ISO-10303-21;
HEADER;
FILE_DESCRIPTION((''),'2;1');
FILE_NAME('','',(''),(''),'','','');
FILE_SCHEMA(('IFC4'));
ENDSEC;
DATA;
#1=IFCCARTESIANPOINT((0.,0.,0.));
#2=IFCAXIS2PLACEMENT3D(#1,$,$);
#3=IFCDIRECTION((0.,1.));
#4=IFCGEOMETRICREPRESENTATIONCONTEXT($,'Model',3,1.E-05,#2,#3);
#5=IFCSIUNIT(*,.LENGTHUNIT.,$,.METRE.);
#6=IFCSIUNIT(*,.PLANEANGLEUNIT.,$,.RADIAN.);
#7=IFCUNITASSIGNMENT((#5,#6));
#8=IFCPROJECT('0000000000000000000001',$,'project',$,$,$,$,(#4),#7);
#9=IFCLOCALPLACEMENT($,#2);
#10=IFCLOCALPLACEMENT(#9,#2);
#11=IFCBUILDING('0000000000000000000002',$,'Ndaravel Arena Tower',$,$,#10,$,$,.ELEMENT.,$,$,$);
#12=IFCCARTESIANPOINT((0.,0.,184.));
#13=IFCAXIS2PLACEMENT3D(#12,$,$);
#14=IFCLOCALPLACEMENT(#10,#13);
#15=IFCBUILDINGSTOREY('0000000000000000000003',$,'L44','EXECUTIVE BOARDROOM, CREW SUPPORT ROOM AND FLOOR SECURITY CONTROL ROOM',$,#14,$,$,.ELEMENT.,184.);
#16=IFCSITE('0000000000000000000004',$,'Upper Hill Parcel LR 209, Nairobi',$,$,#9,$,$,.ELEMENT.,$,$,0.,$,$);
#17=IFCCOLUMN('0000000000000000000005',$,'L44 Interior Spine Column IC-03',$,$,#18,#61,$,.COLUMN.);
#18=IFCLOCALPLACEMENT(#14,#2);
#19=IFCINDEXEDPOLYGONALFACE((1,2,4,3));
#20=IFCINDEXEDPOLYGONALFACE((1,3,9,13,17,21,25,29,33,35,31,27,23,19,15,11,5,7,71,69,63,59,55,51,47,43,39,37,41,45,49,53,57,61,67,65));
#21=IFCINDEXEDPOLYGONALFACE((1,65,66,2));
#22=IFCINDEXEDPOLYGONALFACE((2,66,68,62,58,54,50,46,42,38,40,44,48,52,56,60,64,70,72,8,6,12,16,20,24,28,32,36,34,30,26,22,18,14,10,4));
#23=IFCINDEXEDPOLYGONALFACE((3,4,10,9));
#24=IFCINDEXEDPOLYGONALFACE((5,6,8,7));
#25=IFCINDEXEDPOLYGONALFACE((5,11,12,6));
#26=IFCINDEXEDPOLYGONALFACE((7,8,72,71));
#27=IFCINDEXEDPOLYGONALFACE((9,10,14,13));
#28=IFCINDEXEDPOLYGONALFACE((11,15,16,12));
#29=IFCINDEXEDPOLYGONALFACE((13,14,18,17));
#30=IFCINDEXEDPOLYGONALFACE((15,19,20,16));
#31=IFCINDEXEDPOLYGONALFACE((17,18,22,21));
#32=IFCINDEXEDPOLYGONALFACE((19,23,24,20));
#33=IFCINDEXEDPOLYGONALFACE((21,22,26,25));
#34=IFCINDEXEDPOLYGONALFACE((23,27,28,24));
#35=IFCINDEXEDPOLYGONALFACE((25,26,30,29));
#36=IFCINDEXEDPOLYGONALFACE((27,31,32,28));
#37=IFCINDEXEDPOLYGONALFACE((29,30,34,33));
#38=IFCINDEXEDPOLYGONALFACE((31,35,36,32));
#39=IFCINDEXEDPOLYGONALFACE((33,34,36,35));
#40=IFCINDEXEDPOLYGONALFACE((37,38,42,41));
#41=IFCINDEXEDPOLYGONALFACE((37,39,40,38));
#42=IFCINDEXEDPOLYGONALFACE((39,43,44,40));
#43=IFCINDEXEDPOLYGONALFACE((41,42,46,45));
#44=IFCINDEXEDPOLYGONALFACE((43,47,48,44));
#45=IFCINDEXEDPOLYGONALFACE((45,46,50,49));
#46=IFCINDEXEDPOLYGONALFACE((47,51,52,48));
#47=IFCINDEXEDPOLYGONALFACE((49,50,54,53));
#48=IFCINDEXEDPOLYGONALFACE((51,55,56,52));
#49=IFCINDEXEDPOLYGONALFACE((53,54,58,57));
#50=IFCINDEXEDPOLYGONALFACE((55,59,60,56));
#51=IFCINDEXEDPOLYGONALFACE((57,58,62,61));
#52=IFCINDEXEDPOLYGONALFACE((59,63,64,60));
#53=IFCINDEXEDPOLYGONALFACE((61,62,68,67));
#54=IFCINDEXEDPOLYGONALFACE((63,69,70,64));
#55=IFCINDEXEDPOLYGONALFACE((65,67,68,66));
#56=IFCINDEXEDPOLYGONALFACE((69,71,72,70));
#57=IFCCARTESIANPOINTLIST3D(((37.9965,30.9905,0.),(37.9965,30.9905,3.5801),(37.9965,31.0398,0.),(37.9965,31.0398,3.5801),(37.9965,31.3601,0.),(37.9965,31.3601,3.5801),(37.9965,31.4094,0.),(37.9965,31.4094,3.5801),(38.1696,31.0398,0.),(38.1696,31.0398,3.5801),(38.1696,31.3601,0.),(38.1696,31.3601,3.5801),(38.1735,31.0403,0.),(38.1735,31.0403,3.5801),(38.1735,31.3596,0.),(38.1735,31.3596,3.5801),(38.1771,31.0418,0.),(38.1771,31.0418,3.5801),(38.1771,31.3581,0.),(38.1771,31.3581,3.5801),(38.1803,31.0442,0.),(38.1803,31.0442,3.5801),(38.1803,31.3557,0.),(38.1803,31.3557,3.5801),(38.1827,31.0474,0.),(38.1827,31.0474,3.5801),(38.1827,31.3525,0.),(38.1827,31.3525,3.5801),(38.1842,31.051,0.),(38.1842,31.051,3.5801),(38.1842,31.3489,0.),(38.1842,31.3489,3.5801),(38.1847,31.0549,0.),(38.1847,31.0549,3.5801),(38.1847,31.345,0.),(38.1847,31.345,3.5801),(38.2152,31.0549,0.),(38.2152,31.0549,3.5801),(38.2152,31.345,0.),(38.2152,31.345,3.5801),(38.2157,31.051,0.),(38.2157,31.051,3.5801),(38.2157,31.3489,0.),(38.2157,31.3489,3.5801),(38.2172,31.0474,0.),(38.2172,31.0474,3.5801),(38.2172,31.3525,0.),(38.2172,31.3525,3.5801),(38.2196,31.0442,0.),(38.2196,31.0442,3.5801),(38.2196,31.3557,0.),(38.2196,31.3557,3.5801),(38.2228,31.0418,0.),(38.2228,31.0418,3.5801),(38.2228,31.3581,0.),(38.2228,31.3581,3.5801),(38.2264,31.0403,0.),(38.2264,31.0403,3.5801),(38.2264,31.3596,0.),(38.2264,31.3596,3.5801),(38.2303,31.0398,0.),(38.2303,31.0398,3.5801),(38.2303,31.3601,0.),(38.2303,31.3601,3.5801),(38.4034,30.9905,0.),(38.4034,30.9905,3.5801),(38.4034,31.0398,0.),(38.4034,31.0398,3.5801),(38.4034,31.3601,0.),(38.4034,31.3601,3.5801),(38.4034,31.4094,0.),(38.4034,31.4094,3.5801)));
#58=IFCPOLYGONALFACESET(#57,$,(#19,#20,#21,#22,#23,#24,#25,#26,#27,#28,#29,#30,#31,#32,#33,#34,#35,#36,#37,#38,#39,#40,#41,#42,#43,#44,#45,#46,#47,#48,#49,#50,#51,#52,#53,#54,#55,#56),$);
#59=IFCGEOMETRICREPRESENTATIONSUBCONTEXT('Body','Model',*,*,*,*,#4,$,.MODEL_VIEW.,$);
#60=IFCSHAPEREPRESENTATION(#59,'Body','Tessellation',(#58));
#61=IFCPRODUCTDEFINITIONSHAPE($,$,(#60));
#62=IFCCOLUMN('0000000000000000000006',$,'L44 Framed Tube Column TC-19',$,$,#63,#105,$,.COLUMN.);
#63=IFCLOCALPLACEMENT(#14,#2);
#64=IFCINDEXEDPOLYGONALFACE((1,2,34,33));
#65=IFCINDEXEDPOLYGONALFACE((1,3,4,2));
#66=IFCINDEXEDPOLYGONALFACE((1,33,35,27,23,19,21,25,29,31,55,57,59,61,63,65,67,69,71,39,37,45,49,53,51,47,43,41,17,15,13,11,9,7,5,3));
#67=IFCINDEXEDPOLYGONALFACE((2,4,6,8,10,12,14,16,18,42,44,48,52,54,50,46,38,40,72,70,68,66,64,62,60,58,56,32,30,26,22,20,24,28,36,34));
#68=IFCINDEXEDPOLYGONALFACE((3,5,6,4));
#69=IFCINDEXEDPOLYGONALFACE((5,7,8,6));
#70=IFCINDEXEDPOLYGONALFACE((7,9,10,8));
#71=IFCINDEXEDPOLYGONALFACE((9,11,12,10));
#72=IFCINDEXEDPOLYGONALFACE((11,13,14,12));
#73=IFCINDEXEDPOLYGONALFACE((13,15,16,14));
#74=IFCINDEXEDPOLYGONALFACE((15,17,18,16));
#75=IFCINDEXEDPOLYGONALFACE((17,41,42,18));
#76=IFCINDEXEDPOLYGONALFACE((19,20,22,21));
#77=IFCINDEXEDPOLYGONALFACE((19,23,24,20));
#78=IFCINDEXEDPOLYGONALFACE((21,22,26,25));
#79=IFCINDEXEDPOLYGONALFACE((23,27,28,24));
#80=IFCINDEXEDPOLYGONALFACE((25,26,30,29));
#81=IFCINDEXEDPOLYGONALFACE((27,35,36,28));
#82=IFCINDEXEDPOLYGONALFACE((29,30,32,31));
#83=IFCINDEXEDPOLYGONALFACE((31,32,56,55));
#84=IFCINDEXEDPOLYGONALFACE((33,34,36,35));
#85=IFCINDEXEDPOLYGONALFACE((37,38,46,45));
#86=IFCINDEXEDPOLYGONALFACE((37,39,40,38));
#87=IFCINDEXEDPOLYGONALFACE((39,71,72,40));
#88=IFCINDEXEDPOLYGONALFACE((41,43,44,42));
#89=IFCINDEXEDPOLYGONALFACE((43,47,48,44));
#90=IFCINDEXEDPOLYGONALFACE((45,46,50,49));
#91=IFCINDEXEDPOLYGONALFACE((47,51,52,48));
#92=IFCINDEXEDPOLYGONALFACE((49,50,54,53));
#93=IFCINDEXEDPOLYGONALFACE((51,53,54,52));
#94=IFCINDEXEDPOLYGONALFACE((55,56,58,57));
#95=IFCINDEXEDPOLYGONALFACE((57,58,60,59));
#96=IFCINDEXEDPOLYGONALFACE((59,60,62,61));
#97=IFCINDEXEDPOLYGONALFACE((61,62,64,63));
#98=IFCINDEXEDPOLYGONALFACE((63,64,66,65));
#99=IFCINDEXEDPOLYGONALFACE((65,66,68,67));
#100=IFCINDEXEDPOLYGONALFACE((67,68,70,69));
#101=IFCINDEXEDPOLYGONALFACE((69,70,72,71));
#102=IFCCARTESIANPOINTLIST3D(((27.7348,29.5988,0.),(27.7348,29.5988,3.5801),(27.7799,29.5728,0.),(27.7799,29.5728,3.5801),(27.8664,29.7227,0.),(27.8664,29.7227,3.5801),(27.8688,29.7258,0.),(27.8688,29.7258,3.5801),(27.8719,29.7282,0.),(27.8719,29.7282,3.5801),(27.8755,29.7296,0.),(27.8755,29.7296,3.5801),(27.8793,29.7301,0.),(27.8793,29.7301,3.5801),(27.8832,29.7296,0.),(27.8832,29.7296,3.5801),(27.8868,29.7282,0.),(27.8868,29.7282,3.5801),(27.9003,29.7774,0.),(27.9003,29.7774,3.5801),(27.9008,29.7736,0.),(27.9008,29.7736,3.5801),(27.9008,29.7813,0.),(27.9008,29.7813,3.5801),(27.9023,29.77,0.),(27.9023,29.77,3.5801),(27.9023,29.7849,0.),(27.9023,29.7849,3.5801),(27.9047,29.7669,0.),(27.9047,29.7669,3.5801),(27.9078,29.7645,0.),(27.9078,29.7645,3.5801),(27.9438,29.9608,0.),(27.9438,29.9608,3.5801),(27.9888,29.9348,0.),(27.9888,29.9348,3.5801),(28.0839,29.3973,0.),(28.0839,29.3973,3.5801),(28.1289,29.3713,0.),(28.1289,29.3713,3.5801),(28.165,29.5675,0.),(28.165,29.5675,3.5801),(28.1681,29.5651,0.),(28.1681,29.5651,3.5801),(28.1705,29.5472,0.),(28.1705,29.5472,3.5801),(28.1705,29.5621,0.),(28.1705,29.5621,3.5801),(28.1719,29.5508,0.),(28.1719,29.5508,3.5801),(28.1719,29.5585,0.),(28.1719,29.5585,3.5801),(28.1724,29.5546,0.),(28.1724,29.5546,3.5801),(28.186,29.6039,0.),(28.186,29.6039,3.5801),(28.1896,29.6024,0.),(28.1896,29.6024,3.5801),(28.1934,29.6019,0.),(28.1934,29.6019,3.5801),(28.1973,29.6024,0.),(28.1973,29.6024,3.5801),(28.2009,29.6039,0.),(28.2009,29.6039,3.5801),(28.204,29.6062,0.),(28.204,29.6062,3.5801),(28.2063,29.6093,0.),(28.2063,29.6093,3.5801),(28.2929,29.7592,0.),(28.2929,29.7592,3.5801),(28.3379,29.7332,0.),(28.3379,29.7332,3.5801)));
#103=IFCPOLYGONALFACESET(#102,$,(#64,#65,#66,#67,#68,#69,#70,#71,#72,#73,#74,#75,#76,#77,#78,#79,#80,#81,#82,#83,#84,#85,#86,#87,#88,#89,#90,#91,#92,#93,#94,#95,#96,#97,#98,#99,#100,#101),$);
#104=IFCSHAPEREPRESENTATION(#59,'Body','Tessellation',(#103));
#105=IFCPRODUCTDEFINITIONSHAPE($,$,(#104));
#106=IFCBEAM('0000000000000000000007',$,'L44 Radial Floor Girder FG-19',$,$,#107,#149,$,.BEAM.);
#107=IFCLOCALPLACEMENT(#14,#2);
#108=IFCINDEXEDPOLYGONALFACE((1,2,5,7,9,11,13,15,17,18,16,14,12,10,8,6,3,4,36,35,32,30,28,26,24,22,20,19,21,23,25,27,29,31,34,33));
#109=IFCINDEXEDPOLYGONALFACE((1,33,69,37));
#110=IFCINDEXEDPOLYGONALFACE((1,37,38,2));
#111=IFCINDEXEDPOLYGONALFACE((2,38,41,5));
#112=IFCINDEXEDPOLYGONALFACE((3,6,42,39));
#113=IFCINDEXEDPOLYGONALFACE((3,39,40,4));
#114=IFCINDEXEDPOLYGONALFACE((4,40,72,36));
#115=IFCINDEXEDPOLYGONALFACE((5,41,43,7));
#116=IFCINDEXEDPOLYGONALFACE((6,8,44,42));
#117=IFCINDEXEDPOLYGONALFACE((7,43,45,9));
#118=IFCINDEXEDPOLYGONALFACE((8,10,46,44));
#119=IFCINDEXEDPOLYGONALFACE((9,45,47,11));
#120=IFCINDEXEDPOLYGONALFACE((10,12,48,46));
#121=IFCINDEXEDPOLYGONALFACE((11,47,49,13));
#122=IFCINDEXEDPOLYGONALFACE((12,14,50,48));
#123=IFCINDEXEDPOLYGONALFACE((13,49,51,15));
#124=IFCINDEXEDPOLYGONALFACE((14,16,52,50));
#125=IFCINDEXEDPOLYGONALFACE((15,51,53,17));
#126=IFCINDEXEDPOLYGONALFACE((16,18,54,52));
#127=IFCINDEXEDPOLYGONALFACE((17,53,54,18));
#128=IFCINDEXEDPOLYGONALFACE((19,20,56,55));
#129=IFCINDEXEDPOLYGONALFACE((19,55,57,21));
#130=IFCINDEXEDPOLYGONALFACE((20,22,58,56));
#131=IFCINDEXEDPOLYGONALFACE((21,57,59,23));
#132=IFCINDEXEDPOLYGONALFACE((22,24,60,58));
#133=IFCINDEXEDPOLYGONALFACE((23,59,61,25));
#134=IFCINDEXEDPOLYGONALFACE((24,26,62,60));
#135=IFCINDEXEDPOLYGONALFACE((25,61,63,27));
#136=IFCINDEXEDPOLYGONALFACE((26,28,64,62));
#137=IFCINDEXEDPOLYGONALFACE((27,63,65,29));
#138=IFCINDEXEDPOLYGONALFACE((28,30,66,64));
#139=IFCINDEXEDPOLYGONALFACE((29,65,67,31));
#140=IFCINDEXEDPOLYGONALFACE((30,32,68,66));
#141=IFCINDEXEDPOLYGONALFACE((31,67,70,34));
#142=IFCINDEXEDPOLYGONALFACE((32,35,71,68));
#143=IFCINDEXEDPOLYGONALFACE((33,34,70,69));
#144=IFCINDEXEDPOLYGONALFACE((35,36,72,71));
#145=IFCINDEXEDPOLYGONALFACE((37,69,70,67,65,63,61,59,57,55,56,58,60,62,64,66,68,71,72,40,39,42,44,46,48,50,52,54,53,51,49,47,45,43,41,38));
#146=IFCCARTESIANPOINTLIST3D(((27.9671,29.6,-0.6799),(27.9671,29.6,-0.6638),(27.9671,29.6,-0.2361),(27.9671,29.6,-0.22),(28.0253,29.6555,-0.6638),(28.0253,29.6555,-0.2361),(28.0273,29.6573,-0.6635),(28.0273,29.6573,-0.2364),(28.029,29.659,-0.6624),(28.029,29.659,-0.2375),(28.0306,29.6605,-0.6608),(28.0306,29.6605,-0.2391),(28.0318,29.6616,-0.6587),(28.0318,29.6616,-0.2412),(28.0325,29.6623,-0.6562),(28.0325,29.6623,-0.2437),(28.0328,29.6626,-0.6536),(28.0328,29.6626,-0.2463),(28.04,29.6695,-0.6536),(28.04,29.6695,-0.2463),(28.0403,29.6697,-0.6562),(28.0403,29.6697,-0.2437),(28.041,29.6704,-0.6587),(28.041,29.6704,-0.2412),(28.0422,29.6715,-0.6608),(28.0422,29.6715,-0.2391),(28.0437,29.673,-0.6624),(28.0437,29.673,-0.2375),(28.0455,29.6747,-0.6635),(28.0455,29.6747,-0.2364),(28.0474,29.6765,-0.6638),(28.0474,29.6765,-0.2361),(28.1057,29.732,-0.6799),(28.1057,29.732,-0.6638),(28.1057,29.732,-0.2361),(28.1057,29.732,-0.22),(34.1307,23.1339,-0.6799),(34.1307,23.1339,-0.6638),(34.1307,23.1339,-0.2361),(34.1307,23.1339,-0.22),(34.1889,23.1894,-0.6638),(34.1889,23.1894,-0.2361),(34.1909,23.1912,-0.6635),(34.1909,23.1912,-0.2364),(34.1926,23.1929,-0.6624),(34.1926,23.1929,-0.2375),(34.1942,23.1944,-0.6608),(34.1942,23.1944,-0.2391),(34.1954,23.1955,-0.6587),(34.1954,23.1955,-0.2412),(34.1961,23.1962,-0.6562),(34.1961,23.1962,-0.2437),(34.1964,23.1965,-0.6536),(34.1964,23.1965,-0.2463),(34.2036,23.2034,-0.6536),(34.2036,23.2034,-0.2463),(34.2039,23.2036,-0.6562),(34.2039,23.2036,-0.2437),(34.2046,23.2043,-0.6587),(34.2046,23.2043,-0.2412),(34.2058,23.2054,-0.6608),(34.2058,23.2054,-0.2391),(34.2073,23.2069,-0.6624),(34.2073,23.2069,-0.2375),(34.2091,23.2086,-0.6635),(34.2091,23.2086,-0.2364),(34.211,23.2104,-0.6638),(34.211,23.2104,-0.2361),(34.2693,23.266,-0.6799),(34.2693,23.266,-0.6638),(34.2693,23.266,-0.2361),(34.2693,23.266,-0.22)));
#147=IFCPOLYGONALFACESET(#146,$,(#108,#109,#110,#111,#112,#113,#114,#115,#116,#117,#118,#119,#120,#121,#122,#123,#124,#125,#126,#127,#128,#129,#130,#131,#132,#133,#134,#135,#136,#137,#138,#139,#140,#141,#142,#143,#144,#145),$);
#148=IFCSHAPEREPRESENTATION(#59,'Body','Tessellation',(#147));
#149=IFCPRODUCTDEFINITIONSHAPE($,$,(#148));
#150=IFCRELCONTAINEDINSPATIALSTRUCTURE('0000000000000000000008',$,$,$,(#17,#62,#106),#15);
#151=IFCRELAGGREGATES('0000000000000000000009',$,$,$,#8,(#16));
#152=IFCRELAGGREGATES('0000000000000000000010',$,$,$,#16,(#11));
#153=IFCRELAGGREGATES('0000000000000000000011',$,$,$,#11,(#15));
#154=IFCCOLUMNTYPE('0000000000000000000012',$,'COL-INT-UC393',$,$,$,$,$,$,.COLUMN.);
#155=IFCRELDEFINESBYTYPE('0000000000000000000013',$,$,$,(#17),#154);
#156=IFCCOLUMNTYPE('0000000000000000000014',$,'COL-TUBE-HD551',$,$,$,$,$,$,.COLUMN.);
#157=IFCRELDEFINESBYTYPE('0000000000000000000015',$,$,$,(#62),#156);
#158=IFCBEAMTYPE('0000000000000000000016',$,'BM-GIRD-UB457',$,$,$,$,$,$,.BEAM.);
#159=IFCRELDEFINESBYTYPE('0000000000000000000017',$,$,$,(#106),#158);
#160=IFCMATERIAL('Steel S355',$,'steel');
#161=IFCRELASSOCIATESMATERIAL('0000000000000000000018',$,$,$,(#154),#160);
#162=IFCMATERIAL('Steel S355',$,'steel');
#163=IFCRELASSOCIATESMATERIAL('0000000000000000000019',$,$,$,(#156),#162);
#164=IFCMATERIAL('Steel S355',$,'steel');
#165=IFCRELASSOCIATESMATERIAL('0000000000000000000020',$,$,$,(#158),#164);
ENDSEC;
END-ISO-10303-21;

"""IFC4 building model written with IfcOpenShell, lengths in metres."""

from ifc_helpers import new_model, si_unit, direction, frame, origin, origin_2d, place, context, subcontext, project, spatial, i_section, extrude, material, material_profile, profile_set, type_object, element, save


model = new_model("IFC4")

# Units and contexts
model_context = context("Model", 3, precision=1e-05, world=origin(), true_north=direction((0.0, 1.0)))
body_context = subcontext(model_context, "Body", "Model", "MODEL_VIEW")
ifc_project = project(units=[si_unit("LENGTHUNIT", "METRE"), si_unit("PLANEANGLEUNIT", "RADIAN")], contexts=[model_context])

# Site, building, storey
site_placement = place(None, origin())
site = spatial("IfcSite", under=ifc_project, at=site_placement, Name="Upper Hill Parcel LR 209, Nairobi", CompositionType="ELEMENT", RefElevation=0.0)
building_placement = place(site_placement, origin())
building = spatial("IfcBuilding", under=site, at=building_placement, Name="Ndaravel Arena Tower", CompositionType="ELEMENT")
storey_placement = place(building_placement, frame((0.0, 0.0, 184.0)))
storey = spatial("IfcBuildingStorey", under=building, at=storey_placement, Name="L44", Description="EXECUTIVE BOARDROOM, CREW SUPPORT ROOM AND FLOOR SECURITY CONTROL ROOM", CompositionType="ELEMENT", Elevation=184.0)

# Columns
ifc_material_1 = material(Name="Steel S355", Category="steel")
ifc_material_profile_1 = material_profile(ifc_material_1, i_section(OverallWidth=0.407, OverallDepth=0.4189, WebThickness=0.0305, FlangeThickness=0.0493, FilletRadius=0.0151, at=origin_2d()), Name="UC 356x406x393")
ifc_profile_set_1 = profile_set([ifc_material_profile_1], Name="Steel S355")
column_type_1 = type_object("IfcColumnType", Name="COL-INT-UC393", PredefinedType="COLUMN", material=ifc_profile_set_1)
column_1_placement = place(storey_placement, frame((38.2, 31.2, 0.0), z_axis=(0.0, 0.0, 1.0), x_axis=(1.0, 0.0, 0.0)))
element("IfcColumn", 1, at=column_1_placement, inside=storey, type_object=column_type_1, Name="L44 Interior Spine Column IC-03", PredefinedType="COLUMN", context=body_context, shape_type="SweptSolid", body=[
    extrude(i_section(OverallWidth=0.407, OverallDepth=0.4189, WebThickness=0.0305, FlangeThickness=0.0493, FilletRadius=0.0151, at=origin_2d()), origin(), (0.0, 0.0, 1.0), 3.5801),
])
ifc_material_2 = material(Name="Steel S355", Category="steel")
ifc_material_profile_2 = material_profile(ifc_material_2, i_section(OverallWidth=0.418, OverallDepth=0.4551, WebThickness=0.042, FlangeThickness=0.052, FilletRadius=0.0149, at=origin_2d()), Name="HD 400x551")
ifc_profile_set_2 = profile_set([ifc_material_profile_2], Name="Steel S355")
column_type_2 = type_object("IfcColumnType", Name="COL-TUBE-HD551", PredefinedType="COLUMN", material=ifc_profile_set_2)
column_2_placement = place(storey_placement, frame((28.0364, 29.666, 0.0), z_axis=(0.0, 0.0, 1.0), x_axis=(0.5, 0.866025, 0.0)))
element("IfcColumn", 2, at=column_2_placement, inside=storey, type_object=column_type_2, Name="L44 Framed Tube Column TC-19", PredefinedType="COLUMN", context=body_context, shape_type="SweptSolid", body=[
    extrude(i_section(OverallWidth=0.418, OverallDepth=0.4551, WebThickness=0.042, FlangeThickness=0.052, FilletRadius=0.0149, at=origin_2d()), origin(), (0.0, 0.0, 1.0), 3.5801),
])

# Beam
ifc_material_3 = material(Name="Steel S355", Category="steel")
ifc_material_profile_3 = material_profile(ifc_material_3, i_section(OverallWidth=0.1914, OverallDepth=0.46, WebThickness=0.01, FlangeThickness=0.0161, FilletRadius=0.0103, at=origin_2d()), Name="UB 457x191x82")
ifc_profile_set_3 = profile_set([ifc_material_profile_3], Name="Steel S355")
beam_type_1 = type_object("IfcBeamType", Name="BM-GIRD-UB457", PredefinedType="BEAM", material=ifc_profile_set_3)
beam_1_placement = place(storey_placement, frame((28.0364, 29.666, -0.45), z_axis=(0.689973, -0.723835, 0.0), x_axis=(0.723835, 0.689973, 0.0)))
element("IfcBeam", 3, at=beam_1_placement, inside=storey, type_object=beam_type_1, Name="L44 Radial Floor Girder FG-19", PredefinedType="BEAM", context=body_context, shape_type="SweptSolid", body=[
    extrude(i_section(OverallWidth=0.1914, OverallDepth=0.46, WebThickness=0.01, FlangeThickness=0.0161, FilletRadius=0.0103, at=origin_2d()), origin(), (0.0, 0.0, 1.0), 8.9331),
])

save(model, "model.ifc")
